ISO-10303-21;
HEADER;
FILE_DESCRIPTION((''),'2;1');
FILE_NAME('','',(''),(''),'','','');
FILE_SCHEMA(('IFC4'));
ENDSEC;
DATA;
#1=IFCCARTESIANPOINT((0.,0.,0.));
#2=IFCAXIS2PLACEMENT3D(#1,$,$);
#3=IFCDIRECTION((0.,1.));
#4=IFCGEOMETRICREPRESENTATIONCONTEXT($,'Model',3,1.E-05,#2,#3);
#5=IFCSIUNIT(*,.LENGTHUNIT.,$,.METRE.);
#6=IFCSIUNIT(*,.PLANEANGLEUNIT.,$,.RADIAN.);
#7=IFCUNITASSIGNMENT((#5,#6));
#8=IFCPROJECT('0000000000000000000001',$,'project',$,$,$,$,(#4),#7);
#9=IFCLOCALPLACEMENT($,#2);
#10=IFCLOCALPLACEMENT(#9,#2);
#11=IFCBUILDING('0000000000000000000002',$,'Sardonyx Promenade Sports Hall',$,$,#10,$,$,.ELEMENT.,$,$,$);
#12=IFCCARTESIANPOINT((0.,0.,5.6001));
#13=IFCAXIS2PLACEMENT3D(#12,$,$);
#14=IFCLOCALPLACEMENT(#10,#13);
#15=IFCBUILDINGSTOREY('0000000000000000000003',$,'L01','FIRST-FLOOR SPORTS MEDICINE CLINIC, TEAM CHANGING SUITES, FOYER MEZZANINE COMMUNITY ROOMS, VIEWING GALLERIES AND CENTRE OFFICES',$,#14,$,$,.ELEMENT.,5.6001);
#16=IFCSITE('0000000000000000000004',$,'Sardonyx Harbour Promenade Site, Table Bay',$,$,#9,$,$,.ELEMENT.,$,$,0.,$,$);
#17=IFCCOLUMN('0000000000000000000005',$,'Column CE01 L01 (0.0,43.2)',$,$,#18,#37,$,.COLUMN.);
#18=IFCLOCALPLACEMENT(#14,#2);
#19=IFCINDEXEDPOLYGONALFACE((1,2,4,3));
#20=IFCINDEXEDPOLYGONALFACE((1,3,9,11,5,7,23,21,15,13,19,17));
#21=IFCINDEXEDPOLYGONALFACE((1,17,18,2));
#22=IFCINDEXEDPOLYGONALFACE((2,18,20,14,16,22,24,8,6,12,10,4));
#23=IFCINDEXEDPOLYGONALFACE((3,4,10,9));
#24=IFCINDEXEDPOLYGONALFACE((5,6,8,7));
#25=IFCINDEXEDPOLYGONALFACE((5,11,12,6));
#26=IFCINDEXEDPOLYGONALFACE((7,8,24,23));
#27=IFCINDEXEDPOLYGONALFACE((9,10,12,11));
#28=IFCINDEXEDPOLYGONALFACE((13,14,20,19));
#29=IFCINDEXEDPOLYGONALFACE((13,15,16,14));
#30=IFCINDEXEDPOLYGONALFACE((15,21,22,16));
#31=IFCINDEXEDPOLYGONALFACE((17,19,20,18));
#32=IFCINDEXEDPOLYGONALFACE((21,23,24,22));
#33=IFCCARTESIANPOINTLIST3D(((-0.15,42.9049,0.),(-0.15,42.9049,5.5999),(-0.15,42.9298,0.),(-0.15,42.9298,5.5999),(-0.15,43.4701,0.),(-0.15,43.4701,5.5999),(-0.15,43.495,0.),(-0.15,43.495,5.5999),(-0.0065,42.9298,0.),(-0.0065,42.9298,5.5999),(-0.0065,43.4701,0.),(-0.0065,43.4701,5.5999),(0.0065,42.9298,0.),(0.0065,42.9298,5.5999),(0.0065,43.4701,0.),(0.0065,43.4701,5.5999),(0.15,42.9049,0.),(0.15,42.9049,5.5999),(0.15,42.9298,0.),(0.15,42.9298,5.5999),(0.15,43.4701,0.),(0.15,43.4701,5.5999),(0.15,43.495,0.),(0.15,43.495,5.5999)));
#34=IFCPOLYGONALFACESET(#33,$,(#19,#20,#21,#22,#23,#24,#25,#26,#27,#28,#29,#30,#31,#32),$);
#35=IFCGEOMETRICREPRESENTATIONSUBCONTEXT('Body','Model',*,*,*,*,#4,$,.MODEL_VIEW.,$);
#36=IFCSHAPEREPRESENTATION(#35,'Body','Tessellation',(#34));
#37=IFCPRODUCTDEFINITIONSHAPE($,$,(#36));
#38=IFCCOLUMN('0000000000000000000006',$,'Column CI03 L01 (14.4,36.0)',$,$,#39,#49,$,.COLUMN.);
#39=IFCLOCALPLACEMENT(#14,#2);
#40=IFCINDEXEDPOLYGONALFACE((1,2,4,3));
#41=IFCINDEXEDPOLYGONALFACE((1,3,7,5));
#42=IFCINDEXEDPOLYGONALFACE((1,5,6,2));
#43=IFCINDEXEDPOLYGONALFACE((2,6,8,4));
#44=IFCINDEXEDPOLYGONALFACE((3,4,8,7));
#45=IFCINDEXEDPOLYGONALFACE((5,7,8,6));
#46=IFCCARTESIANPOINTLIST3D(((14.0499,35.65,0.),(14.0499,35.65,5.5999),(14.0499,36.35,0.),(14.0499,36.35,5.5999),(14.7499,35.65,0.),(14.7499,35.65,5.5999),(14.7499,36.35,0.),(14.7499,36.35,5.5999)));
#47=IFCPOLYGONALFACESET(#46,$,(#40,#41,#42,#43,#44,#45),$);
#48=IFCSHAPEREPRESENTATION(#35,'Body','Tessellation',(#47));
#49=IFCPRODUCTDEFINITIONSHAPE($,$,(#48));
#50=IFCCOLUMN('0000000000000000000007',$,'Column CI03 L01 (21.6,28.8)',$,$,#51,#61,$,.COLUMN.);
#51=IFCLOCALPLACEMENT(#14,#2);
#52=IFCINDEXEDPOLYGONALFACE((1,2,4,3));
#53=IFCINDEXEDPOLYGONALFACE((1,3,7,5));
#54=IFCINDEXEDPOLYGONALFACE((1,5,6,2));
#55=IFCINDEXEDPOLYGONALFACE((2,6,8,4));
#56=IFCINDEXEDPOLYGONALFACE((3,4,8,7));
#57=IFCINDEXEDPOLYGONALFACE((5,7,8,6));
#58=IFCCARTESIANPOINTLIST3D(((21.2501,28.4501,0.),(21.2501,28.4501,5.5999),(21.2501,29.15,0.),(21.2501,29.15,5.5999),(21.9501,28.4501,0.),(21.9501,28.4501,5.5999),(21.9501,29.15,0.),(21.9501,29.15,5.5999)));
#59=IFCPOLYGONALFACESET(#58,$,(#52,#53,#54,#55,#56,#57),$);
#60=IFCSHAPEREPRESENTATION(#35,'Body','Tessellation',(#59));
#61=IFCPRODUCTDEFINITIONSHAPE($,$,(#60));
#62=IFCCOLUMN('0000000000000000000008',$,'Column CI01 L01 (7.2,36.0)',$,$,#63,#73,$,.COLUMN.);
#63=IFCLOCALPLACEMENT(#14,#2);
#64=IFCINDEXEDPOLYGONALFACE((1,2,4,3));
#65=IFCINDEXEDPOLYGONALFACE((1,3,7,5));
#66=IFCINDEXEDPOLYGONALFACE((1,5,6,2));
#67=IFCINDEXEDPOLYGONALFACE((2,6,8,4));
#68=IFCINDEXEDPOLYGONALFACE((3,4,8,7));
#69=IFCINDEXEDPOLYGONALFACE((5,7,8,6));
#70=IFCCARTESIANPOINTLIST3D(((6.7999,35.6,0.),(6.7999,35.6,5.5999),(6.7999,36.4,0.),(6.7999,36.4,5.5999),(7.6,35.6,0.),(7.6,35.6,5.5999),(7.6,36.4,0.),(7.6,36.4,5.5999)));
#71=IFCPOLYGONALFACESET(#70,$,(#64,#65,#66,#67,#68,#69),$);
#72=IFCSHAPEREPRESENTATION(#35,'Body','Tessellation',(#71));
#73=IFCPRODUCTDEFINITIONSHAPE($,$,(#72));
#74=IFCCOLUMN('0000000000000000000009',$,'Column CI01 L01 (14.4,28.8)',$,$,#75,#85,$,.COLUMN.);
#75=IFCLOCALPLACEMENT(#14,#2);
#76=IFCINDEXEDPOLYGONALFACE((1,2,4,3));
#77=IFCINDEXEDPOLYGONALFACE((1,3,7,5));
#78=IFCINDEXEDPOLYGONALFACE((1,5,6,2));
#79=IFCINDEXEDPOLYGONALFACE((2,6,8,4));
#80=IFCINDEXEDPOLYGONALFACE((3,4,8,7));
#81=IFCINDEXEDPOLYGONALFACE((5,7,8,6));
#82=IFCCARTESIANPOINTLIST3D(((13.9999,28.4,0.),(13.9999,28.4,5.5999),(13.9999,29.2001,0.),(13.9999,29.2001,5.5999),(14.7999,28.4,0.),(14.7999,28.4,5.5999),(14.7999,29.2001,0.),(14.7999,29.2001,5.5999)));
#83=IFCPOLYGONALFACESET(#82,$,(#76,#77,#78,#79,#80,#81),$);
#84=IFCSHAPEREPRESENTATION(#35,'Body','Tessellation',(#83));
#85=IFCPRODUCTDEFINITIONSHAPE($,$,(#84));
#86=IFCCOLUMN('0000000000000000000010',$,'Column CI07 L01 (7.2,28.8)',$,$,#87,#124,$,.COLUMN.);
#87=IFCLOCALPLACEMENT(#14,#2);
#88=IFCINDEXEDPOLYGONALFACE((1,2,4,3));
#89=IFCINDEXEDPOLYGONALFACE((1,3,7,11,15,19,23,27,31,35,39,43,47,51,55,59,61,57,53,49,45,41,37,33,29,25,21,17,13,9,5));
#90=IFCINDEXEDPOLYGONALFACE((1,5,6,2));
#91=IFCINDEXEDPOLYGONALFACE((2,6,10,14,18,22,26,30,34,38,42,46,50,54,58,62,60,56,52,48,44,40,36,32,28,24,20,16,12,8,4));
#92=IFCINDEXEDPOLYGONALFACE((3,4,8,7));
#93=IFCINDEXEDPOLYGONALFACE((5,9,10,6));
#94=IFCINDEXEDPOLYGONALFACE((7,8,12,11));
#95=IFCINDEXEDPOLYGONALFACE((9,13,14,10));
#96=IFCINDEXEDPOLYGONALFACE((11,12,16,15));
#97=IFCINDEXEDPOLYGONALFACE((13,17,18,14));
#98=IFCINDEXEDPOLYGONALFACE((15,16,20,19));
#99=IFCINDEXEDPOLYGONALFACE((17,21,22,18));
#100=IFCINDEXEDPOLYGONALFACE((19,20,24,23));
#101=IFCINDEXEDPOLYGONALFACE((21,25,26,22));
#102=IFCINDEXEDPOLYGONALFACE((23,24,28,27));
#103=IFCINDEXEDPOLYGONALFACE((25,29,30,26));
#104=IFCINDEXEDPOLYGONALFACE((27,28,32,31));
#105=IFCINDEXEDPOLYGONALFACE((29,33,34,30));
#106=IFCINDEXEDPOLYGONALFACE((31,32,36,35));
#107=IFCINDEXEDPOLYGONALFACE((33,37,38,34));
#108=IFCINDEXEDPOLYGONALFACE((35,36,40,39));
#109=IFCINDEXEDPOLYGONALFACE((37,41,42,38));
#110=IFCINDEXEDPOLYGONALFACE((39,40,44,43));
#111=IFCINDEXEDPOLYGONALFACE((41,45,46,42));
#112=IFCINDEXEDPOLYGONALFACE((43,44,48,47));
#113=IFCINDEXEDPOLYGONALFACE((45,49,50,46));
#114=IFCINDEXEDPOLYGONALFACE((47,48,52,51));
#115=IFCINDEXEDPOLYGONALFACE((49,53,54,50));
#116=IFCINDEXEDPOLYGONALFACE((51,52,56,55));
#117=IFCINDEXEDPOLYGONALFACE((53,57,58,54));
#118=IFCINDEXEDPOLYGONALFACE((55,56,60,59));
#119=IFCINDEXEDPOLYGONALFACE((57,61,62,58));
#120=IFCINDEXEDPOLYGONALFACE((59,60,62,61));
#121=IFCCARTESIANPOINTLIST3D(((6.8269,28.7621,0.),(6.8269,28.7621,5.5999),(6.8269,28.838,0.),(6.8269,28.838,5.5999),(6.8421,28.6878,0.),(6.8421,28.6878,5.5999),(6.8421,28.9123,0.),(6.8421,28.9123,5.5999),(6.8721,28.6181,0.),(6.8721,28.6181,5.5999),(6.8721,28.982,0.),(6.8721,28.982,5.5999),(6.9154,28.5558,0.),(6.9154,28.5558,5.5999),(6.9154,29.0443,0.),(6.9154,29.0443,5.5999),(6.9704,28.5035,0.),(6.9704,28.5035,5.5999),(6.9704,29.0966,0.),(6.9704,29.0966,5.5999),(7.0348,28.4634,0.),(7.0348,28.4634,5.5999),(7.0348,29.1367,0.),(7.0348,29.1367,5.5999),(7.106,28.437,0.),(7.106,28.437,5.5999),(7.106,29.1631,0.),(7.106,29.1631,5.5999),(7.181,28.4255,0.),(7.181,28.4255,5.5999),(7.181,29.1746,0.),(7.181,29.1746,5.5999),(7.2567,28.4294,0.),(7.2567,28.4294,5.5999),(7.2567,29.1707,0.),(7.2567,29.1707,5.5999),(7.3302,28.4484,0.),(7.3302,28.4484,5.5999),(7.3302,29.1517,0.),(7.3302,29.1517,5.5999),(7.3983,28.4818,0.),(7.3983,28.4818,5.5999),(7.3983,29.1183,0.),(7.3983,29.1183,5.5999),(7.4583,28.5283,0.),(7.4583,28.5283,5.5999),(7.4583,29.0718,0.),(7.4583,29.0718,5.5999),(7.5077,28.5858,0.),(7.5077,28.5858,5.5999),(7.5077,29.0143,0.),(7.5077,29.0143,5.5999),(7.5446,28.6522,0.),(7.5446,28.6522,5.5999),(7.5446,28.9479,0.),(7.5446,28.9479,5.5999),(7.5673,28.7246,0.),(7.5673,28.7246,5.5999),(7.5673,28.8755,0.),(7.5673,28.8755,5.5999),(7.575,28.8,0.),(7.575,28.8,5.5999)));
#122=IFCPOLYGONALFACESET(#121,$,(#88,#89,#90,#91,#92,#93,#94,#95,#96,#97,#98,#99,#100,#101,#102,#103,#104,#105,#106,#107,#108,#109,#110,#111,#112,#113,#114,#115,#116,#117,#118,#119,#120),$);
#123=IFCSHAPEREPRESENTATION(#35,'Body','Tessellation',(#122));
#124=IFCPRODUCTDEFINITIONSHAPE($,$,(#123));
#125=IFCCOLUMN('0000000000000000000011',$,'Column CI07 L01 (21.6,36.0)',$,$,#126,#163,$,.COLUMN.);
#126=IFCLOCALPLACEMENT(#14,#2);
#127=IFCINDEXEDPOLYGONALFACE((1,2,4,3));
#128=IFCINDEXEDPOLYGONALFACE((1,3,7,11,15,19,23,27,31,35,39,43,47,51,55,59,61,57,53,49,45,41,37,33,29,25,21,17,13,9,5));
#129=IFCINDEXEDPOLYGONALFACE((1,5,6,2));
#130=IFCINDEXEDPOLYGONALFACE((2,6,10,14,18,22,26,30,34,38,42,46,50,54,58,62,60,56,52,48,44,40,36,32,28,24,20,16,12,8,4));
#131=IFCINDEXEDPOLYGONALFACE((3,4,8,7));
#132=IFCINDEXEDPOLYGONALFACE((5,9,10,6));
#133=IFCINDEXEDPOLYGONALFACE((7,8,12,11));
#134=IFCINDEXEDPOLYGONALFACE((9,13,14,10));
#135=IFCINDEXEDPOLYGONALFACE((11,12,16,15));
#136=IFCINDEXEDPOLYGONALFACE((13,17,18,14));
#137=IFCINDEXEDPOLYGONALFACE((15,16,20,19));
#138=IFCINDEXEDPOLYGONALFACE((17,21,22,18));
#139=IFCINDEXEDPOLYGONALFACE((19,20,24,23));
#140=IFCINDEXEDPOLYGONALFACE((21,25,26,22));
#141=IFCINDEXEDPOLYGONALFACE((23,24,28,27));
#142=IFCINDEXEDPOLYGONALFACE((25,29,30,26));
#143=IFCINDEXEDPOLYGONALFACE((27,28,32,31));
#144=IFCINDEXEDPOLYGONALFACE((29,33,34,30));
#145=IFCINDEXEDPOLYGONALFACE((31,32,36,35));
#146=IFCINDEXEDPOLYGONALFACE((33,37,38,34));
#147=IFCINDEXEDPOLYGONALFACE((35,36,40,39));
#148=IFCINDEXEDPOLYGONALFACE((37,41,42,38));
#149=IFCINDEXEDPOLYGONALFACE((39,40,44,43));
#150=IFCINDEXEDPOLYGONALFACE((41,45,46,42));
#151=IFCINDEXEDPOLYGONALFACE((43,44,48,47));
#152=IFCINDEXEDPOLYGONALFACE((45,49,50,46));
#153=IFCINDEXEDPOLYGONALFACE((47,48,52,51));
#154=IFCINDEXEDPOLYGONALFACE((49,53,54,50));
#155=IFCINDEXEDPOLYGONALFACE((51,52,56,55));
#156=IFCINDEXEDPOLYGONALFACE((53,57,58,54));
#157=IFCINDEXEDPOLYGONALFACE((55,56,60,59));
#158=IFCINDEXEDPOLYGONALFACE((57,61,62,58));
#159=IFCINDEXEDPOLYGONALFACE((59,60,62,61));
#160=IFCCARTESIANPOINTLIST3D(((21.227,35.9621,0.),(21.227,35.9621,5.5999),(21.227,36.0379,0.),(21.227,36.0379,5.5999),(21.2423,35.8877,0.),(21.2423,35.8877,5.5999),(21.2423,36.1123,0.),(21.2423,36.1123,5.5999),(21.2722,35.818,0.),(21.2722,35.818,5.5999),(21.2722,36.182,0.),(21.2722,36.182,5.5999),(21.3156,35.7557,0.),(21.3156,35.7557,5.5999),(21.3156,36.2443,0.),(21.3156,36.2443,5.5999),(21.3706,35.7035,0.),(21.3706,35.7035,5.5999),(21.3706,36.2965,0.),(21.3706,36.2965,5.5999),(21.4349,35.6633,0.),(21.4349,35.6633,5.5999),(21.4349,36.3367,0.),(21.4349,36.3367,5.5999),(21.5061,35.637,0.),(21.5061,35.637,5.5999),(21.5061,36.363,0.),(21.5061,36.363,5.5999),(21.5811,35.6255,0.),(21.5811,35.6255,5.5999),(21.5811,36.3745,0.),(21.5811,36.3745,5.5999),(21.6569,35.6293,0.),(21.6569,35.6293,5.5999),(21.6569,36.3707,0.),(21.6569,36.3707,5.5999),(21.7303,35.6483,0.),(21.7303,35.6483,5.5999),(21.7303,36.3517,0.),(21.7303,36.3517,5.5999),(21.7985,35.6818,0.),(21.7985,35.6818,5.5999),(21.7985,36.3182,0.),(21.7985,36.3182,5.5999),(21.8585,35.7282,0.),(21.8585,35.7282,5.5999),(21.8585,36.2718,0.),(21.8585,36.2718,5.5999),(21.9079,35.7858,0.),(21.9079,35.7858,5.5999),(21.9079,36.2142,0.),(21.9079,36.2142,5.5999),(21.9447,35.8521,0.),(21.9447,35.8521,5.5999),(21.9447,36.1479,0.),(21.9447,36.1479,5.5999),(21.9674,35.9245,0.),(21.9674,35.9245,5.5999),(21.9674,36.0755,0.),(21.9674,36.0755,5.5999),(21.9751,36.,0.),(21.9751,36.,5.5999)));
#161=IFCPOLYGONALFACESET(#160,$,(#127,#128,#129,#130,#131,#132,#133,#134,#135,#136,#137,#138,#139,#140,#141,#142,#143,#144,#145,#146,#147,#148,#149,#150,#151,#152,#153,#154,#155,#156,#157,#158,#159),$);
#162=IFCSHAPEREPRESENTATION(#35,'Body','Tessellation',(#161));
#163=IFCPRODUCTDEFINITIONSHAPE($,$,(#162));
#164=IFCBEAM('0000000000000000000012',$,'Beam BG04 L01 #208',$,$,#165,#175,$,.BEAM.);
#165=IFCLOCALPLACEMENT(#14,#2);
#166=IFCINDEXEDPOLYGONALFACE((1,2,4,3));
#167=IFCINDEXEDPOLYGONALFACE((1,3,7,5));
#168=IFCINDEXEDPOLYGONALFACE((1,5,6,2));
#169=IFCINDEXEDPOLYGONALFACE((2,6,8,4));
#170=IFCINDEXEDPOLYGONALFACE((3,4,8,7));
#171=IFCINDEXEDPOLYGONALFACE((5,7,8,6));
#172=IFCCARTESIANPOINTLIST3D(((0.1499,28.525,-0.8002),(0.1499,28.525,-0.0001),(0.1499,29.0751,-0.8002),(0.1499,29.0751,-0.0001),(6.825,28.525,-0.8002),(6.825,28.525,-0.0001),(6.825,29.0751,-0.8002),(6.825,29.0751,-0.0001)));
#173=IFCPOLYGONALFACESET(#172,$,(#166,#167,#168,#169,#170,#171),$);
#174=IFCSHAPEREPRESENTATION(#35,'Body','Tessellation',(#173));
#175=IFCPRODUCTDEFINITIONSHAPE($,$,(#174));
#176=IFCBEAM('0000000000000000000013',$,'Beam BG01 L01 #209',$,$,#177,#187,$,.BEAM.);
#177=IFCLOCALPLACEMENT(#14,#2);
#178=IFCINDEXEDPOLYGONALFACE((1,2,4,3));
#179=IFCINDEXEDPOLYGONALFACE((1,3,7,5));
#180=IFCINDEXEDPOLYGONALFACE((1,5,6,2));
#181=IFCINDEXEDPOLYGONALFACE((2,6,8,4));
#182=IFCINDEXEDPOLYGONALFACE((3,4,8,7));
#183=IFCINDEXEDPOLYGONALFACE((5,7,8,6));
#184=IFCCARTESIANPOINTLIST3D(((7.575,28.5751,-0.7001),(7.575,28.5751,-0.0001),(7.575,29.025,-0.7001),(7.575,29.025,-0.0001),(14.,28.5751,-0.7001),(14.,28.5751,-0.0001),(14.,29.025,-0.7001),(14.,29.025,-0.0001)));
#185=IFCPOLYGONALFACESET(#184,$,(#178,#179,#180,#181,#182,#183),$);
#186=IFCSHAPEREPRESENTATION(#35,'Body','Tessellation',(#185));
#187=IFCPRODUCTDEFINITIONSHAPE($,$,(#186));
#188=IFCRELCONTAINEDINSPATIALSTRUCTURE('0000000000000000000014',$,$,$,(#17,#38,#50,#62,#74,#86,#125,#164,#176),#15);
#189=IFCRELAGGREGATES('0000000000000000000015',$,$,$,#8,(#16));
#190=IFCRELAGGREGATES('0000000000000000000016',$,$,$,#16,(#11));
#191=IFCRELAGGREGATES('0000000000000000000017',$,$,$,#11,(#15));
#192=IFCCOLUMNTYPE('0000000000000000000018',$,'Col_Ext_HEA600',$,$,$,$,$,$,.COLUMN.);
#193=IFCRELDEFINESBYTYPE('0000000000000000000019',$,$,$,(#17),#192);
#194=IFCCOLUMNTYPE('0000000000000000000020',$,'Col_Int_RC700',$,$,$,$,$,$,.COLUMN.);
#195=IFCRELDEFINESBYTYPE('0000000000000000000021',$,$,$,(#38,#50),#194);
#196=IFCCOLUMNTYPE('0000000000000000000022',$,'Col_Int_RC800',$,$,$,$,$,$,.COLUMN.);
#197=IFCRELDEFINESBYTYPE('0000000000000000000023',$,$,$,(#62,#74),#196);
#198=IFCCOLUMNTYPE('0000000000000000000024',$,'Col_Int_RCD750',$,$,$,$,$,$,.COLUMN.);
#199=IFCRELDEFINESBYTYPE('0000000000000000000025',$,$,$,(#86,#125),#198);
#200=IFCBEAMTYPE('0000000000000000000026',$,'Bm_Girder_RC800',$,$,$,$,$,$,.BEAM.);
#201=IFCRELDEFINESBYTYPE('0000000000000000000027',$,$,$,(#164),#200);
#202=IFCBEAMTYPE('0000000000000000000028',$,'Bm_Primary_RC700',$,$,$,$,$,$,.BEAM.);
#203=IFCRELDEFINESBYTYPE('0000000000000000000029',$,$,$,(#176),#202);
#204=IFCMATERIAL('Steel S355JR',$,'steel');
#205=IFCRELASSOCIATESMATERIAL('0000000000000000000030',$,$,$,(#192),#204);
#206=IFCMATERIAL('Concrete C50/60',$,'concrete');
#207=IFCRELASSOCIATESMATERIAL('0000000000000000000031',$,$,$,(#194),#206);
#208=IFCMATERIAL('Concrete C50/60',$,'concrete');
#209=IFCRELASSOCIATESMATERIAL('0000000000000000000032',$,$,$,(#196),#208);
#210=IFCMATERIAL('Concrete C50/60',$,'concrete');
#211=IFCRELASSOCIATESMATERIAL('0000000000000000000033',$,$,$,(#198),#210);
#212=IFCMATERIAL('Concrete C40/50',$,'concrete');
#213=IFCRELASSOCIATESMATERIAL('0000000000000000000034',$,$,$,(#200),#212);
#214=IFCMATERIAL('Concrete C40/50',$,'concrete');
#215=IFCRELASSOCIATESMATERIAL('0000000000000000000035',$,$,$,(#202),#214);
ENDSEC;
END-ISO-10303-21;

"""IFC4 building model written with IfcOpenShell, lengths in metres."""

from ifc_helpers import new_model, si_unit, direction, frame, origin, origin_2d, place, context, subcontext, project, spatial, rectangle, circle, i_section, extrude, material, material_profile, profile_set, type_object, element, save


model = new_model("IFC4")

# Units and contexts
model_context = context("Model", 3, precision=1e-05, world=origin(), true_north=direction((0.0, 1.0)))
body_context = subcontext(model_context, "Body", "Model", "MODEL_VIEW")
ifc_project = project(units=[si_unit("LENGTHUNIT", "METRE"), si_unit("PLANEANGLEUNIT", "RADIAN")], contexts=[model_context])

# Site, building, storey
site_placement = place(None, origin())
site = spatial("IfcSite", under=ifc_project, at=site_placement, Name="Sardonyx Harbour Promenade Site, Table Bay", CompositionType="ELEMENT", RefElevation=0.0)
building_placement = place(site_placement, origin())
building = spatial("IfcBuilding", under=site, at=building_placement, Name="Sardonyx Promenade Sports Hall", CompositionType="ELEMENT")
storey_placement = place(building_placement, frame((0.0, 0.0, 5.6001)))
storey = spatial("IfcBuildingStorey", under=building, at=storey_placement, Name="L01", Description="FIRST-FLOOR SPORTS MEDICINE CLINIC, TEAM CHANGING SUITES, FOYER MEZZANINE COMMUNITY ROOMS, VIEWING GALLERIES AND CENTRE OFFICES", CompositionType="ELEMENT", Elevation=5.6001)

# Columns
ifc_material_1 = material(Name="Steel S355JR", Category="steel")
ifc_material_profile_1 = material_profile(ifc_material_1, i_section(OverallWidth=0.3, OverallDepth=0.5901, WebThickness=0.0129, FlangeThickness=0.0249, at=origin_2d()))
ifc_profile_set_1 = profile_set([ifc_material_profile_1], Name="Steel S355JR")
column_type_1 = type_object("IfcColumnType", Name="Col_Ext_HEA600", PredefinedType="COLUMN", material=ifc_profile_set_1)
column_placement = place(storey_placement, frame((0.0, 43.2, 0.0), z_axis=(0.0, 0.0, 1.0), x_axis=(1.0, 0.0, 0.0)))
element("IfcColumn", 1, at=column_placement, inside=storey, type_object=column_type_1, Name="Column CE01 L01 (0.0,43.2)", PredefinedType="COLUMN", context=body_context, shape_type="SweptSolid", body=[
    extrude(i_section(OverallWidth=0.3, OverallDepth=0.5901, WebThickness=0.0129, FlangeThickness=0.0249, at=origin_2d()), origin(), (0.0, 0.0, 1.0), 5.5999),
])
ifc_material_2 = material(Name="Concrete C50/60", Category="concrete")
ifc_material_profile_2 = material_profile(ifc_material_2, rectangle(XDim=0.7, YDim=0.7, at=origin_2d()))
ifc_profile_set_2 = profile_set([ifc_material_profile_2], Name="Concrete C50/60")
column_type_2 = type_object("IfcColumnType", Name="Col_Int_RC700", PredefinedType="COLUMN", material=ifc_profile_set_2)
for number, where, z_axis, x_axis, name in (
    (2, (14.3999, 36.0, 0.0), (0.0, 0.0, 1.0), (1.0, 0.0, 0.0), "Column CI03 L01 (14.4,36.0)"),
    (3, (21.6001, 28.8, 0.0), (0.0, 0.0, 1.0), (1.0, 0.0, 0.0), "Column CI03 L01 (21.6,28.8)"),
):
    element("IfcColumn", number, at=place(storey_placement, frame(where, z_axis=z_axis, x_axis=x_axis)), inside=storey, type_object=column_type_2, Name=name, PredefinedType="COLUMN", context=body_context, shape_type="SweptSolid", body=[
        extrude(rectangle(XDim=0.7, YDim=0.7, at=origin_2d()), origin(), (0.0, 0.0, 1.0), 5.5999),
    ])
ifc_material_3 = material(Name="Concrete C50/60", Category="concrete")
ifc_material_profile_3 = material_profile(ifc_material_3, rectangle(XDim=0.8, YDim=0.8, at=origin_2d()))
ifc_profile_set_3 = profile_set([ifc_material_profile_3], Name="Concrete C50/60")
column_type_3 = type_object("IfcColumnType", Name="Col_Int_RC800", PredefinedType="COLUMN", material=ifc_profile_set_3)
for number, where, z_axis, x_axis, name in (
    (4, (7.2, 36.0, 0.0), (0.0, 0.0, 1.0), (1.0, 0.0, 0.0), "Column CI01 L01 (7.2,36.0)"),
    (5, (14.3999, 28.8, 0.0), (0.0, 0.0, 1.0), (1.0, 0.0, 0.0), "Column CI01 L01 (14.4,28.8)"),
):
    element("IfcColumn", number, at=place(storey_placement, frame(where, z_axis=z_axis, x_axis=x_axis)), inside=storey, type_object=column_type_3, Name=name, PredefinedType="COLUMN", context=body_context, shape_type="SweptSolid", body=[
        extrude(rectangle(XDim=0.8, YDim=0.8, at=origin_2d()), origin(), (0.0, 0.0, 1.0), 5.5999),
    ])
ifc_material_4 = material(Name="Concrete C50/60", Category="concrete")
ifc_material_profile_4 = material_profile(ifc_material_4, circle(Radius=0.375, at=origin_2d()))
ifc_profile_set_4 = profile_set([ifc_material_profile_4], Name="Concrete C50/60")
column_type_4 = type_object("IfcColumnType", Name="Col_Int_RCD750", PredefinedType="COLUMN", material=ifc_profile_set_4)
for number, where, z_axis, x_axis, name in (
    (6, (7.2, 28.8, 0.0), (0.0, 0.0, 1.0), (1.0, 0.0, 0.0), "Column CI07 L01 (7.2,28.8)"),
    (7, (21.6001, 36.0, 0.0), (0.0, 0.0, 1.0), (1.0, 0.0, 0.0), "Column CI07 L01 (21.6,36.0)"),
):
    element("IfcColumn", number, at=place(storey_placement, frame(where, z_axis=z_axis, x_axis=x_axis)), inside=storey, type_object=column_type_4, Name=name, PredefinedType="COLUMN", context=body_context, shape_type="SweptSolid", body=[
        extrude(circle(Radius=0.375, at=origin_2d()), origin(), (0.0, 0.0, 1.0), 5.5999),
    ])

# Beams
ifc_material_5 = material(Name="Concrete C40/50", Category="concrete")
ifc_material_profile_5 = material_profile(ifc_material_5, rectangle(XDim=0.55, YDim=0.8, at=origin_2d()))
ifc_profile_set_5 = profile_set([ifc_material_profile_5], Name="Concrete C40/50")
beam_type_1 = type_object("IfcBeamType", Name="Bm_Girder_RC800", PredefinedType="BEAM", material=ifc_profile_set_5)
beam_1_placement = place(storey_placement, frame((0.1499, 28.8, -0.4001), z_axis=(1.0, 0.0, 0.0), x_axis=(0.0, 1.0, 0.0)))
element("IfcBeam", 8, at=beam_1_placement, inside=storey, type_object=beam_type_1, Name="Beam BG04 L01 #208", PredefinedType="BEAM", context=body_context, shape_type="SweptSolid", body=[
    extrude(rectangle(XDim=0.55, YDim=0.8, at=origin_2d()), origin(), (0.0, 0.0, 1.0), 6.675),
])
ifc_material_6 = material(Name="Concrete C40/50", Category="concrete")
ifc_material_profile_6 = material_profile(ifc_material_6, rectangle(XDim=0.45, YDim=0.7, at=origin_2d()))
ifc_profile_set_6 = profile_set([ifc_material_profile_6], Name="Concrete C40/50")
beam_type_2 = type_object("IfcBeamType", Name="Bm_Primary_RC700", PredefinedType="BEAM", material=ifc_profile_set_6)
beam_2_placement = place(storey_placement, frame((7.575, 28.8, -0.3501), z_axis=(1.0, 0.0, 0.0), x_axis=(0.0, 1.0, 0.0)))
element("IfcBeam", 9, at=beam_2_placement, inside=storey, type_object=beam_type_2, Name="Beam BG01 L01 #209", PredefinedType="BEAM", context=body_context, shape_type="SweptSolid", body=[
    extrude(rectangle(XDim=0.45, YDim=0.7, at=origin_2d()), origin(), (0.0, 0.0, 1.0), 6.425),
])

save(model, "model.ifc")
